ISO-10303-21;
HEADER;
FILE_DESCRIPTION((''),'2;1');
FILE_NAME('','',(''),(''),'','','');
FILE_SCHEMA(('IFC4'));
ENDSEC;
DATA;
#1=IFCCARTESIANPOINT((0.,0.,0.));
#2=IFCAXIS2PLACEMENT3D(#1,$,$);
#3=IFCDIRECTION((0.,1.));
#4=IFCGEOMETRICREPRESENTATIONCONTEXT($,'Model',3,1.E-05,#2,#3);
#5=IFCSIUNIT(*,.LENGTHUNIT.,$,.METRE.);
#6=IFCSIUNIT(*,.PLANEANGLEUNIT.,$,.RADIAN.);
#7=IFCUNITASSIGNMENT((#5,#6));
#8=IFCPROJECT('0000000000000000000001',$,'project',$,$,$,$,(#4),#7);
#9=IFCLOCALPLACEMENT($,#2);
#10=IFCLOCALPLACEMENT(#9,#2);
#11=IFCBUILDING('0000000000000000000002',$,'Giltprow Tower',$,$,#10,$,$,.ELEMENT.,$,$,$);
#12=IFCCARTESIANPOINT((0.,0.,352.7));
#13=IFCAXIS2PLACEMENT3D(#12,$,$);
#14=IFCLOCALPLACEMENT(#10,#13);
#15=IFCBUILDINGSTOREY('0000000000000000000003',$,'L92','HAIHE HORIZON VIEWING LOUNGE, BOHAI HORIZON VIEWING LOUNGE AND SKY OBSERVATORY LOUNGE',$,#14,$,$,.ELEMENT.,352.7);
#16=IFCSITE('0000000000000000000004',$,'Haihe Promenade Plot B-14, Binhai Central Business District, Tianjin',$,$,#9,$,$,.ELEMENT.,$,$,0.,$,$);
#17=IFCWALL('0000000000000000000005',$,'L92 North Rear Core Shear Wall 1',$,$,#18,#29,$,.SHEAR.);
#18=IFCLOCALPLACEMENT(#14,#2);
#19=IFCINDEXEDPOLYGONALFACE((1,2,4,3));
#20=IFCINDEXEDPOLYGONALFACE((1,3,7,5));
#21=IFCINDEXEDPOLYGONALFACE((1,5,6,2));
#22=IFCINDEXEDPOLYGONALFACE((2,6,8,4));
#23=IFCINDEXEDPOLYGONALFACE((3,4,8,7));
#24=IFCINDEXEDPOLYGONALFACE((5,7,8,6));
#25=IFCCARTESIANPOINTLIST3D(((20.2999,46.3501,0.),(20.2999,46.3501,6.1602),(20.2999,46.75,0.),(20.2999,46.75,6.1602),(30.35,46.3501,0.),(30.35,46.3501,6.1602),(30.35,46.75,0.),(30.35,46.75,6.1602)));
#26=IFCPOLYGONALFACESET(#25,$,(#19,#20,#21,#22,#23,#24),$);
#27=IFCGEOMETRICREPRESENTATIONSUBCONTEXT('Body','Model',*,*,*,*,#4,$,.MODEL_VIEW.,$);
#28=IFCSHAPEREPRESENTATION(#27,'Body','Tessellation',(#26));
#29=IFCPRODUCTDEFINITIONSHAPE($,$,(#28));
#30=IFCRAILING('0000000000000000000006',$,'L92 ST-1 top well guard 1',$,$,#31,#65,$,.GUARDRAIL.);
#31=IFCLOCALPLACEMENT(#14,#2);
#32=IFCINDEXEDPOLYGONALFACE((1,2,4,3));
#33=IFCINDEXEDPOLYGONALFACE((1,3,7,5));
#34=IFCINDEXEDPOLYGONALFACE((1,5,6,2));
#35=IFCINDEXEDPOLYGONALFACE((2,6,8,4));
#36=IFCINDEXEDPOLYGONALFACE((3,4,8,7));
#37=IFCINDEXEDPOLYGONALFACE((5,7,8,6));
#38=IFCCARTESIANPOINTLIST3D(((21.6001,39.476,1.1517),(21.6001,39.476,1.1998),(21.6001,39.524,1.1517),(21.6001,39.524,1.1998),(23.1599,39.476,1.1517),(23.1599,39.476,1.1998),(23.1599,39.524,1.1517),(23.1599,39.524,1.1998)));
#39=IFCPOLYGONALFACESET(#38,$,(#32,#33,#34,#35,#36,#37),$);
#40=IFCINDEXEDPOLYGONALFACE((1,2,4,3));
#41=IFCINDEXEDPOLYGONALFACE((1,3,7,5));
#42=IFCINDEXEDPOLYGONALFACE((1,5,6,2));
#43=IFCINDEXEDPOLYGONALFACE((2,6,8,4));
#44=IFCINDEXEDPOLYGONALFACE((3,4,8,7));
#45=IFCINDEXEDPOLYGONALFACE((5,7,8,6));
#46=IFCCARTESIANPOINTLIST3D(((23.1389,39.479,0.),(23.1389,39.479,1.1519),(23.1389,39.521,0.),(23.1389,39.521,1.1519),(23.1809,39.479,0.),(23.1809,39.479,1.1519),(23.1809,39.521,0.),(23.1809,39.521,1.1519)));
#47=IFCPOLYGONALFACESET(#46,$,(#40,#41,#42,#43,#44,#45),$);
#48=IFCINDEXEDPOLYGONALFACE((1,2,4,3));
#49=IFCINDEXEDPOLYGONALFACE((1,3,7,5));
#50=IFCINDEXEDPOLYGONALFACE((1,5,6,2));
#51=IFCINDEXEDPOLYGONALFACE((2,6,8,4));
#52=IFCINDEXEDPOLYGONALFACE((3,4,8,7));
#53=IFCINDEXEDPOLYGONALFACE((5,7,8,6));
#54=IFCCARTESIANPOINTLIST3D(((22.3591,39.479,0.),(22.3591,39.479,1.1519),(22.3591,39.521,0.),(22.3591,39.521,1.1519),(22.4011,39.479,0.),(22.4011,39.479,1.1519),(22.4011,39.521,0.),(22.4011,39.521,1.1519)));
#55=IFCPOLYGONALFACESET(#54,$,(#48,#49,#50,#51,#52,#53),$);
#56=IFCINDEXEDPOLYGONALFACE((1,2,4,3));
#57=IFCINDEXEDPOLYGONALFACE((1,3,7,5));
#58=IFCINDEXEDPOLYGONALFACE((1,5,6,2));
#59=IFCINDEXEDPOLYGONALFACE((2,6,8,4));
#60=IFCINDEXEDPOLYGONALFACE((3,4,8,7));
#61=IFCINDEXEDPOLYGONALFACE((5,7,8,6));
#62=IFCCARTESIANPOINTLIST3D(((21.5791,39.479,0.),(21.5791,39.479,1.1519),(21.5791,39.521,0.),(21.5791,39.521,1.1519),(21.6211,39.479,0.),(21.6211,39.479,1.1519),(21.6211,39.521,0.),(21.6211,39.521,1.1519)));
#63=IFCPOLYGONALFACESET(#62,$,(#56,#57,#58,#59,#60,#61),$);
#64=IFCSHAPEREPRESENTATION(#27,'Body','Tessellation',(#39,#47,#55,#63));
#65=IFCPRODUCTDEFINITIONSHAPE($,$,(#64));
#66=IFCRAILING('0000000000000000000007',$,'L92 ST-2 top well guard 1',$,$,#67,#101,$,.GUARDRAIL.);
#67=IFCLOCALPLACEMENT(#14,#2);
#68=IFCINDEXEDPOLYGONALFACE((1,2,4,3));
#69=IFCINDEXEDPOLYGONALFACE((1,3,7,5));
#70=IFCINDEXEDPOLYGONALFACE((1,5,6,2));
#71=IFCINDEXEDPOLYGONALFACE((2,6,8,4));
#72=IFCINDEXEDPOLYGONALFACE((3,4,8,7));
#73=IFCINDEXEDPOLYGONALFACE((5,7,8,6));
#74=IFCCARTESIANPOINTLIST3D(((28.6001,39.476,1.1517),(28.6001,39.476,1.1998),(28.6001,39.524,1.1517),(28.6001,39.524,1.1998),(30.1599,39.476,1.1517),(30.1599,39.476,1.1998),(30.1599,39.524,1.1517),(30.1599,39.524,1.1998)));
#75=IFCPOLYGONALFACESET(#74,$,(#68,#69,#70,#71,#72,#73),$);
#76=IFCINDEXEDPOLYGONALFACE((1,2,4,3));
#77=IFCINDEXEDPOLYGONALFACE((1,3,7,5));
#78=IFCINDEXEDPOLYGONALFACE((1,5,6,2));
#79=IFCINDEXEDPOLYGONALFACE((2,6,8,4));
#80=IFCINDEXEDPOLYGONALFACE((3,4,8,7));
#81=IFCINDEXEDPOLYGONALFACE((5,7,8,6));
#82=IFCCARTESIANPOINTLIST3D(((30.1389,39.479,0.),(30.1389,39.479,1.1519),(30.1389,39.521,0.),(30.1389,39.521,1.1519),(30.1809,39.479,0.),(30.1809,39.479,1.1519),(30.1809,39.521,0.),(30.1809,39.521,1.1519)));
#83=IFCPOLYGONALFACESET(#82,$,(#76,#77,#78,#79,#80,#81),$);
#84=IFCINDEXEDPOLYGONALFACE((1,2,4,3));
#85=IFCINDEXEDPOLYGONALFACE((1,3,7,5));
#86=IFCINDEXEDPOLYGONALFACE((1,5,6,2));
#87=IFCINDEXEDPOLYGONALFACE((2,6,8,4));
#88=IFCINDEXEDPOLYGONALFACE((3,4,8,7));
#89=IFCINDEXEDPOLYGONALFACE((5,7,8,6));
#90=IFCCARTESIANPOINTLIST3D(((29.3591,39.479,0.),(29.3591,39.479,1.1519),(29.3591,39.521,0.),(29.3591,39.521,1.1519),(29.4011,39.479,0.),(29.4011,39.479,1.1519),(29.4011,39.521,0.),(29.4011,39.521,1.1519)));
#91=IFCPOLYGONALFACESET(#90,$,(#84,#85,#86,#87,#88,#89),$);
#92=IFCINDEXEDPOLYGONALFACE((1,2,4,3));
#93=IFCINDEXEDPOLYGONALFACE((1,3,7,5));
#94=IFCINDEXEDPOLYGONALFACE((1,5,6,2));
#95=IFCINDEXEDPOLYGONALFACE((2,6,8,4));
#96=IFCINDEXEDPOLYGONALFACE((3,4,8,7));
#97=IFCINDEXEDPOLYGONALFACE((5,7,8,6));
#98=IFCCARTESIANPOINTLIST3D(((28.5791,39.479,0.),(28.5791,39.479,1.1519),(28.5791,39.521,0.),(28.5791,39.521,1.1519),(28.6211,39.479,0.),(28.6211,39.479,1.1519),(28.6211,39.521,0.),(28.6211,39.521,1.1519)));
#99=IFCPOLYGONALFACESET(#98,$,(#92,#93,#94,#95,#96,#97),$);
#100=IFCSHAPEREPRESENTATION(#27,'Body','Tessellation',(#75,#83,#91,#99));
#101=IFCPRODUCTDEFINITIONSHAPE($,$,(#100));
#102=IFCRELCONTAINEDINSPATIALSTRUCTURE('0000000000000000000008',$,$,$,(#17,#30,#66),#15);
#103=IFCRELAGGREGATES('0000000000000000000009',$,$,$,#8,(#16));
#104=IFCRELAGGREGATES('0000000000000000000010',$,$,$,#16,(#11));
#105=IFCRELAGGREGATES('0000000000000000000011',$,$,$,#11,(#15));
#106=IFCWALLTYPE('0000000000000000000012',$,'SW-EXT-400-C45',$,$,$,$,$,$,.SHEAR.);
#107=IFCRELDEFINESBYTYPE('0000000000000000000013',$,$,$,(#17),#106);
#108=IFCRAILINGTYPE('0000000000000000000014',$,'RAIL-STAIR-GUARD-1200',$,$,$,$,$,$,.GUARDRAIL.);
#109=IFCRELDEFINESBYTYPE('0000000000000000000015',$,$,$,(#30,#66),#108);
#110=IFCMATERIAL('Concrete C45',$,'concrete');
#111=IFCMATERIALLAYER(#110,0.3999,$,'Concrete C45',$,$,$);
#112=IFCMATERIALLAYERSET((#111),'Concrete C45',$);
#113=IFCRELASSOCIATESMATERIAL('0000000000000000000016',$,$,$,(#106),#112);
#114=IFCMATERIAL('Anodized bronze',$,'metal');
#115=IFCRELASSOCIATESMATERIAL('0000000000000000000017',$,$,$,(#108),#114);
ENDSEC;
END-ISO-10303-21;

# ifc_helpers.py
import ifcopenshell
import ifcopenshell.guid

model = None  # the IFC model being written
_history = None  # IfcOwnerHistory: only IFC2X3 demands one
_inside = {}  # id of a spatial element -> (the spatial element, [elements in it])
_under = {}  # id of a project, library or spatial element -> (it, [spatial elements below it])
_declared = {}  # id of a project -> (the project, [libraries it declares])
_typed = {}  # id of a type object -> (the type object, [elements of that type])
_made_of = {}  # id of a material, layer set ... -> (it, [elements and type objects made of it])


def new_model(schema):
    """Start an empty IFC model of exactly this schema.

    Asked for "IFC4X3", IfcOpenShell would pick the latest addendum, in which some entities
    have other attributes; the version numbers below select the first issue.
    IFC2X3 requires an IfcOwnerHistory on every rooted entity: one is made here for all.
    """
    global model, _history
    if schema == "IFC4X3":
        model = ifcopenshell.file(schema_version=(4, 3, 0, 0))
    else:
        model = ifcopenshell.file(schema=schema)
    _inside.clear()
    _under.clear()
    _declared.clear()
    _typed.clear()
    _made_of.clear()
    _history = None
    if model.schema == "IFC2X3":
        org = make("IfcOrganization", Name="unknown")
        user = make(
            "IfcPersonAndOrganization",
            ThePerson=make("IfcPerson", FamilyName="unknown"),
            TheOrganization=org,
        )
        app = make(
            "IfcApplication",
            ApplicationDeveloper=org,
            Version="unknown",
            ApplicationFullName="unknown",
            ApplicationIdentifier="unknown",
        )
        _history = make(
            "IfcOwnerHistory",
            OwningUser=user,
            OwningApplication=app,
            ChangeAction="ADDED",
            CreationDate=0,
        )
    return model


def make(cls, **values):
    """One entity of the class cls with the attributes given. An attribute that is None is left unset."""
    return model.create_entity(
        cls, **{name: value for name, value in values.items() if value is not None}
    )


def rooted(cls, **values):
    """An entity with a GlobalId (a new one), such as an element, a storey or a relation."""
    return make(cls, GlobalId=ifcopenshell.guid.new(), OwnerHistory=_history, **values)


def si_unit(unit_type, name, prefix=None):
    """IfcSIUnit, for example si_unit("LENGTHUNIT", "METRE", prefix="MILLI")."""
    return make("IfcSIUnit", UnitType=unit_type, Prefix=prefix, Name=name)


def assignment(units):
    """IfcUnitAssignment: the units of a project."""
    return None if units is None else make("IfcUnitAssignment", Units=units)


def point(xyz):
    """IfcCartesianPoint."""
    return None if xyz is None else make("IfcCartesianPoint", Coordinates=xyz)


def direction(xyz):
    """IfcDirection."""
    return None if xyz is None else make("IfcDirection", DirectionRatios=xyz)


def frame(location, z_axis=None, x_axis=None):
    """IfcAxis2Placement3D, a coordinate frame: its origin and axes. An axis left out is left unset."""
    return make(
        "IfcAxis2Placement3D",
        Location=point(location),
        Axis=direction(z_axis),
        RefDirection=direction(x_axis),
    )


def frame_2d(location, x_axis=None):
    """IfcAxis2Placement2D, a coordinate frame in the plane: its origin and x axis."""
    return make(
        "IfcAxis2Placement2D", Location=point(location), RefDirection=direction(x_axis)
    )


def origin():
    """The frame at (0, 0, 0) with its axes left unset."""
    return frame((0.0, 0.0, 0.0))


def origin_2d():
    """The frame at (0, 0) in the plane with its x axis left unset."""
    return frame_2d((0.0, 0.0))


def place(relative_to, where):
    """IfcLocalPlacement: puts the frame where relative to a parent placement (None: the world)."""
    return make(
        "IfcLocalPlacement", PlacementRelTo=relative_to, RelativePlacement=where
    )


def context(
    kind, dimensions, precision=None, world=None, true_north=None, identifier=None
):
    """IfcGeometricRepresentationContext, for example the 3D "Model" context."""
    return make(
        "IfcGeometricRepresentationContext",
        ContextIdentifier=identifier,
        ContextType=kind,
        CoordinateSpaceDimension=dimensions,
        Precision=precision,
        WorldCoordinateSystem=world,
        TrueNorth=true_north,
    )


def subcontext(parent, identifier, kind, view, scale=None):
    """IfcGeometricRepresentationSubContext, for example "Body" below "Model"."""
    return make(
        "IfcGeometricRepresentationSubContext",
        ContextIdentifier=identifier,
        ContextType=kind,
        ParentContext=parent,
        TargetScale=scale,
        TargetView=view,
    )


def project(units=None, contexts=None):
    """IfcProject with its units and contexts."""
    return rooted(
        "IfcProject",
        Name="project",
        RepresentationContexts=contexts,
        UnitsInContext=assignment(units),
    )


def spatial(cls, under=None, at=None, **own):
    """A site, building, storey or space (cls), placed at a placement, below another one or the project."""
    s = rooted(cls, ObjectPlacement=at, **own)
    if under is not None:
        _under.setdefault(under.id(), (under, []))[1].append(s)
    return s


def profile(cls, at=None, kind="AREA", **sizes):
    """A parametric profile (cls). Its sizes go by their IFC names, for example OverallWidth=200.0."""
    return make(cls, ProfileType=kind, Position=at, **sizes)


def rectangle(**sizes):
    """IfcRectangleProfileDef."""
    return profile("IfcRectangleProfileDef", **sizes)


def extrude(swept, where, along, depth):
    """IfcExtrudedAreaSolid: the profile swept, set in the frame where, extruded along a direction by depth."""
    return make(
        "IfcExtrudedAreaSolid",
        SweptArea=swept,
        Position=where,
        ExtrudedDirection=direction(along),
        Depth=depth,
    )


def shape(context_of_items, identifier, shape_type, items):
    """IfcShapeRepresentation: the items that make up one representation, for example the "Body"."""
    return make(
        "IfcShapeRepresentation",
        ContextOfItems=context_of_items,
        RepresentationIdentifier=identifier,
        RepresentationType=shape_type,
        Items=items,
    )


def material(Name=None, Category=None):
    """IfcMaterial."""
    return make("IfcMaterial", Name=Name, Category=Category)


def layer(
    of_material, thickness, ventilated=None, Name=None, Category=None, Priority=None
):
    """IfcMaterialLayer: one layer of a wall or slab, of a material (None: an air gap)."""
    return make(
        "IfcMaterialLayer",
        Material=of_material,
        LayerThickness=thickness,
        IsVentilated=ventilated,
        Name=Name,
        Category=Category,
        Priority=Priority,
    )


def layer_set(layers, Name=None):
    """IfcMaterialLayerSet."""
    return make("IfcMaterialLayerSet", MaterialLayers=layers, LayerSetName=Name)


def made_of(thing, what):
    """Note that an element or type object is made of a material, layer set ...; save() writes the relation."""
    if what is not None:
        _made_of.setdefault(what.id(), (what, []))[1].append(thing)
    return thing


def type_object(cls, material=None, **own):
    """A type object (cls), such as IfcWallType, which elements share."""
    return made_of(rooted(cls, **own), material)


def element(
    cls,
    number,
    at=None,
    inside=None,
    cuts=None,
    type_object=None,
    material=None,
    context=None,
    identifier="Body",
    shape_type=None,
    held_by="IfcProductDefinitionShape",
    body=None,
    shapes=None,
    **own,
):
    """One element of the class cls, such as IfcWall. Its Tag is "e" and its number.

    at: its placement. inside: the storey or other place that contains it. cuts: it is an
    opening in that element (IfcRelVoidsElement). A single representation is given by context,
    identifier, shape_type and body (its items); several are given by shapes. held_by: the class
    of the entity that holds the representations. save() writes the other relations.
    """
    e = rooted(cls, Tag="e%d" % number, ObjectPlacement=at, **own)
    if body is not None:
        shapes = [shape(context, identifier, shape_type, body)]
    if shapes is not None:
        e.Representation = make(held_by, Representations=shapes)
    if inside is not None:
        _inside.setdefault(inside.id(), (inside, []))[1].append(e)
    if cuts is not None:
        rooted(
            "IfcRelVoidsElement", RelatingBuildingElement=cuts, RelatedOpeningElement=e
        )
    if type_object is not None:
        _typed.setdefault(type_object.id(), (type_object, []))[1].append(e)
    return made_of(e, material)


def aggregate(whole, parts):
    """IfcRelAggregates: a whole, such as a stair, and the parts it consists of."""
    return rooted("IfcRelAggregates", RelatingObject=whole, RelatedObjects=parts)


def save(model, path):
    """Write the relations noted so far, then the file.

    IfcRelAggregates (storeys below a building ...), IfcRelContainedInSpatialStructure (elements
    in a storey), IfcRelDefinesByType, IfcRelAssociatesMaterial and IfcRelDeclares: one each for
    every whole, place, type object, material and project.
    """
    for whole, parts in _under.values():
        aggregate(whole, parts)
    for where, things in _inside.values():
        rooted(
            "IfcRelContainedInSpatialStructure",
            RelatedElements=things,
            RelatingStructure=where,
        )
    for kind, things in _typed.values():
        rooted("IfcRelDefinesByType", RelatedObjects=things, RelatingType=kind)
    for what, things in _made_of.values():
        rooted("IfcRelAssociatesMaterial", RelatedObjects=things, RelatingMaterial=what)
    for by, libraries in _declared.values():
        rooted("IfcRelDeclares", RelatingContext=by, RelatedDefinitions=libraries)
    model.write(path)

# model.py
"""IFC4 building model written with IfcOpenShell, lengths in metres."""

from ifc_helpers import new_model, si_unit, direction, frame, frame_2d, origin, origin_2d, place, context, subcontext, project, spatial, rectangle, extrude, material, layer, layer_set, type_object, element, save


model = new_model("IFC4")

# Units and contexts
model_context = context("Model", 3, precision=1e-05, world=origin(), true_north=direction((0.0, 1.0)))
body_context = subcontext(model_context, "Body", "Model", "MODEL_VIEW")
ifc_project = project(units=[si_unit("LENGTHUNIT", "METRE"), si_unit("PLANEANGLEUNIT", "RADIAN")], contexts=[model_context])

# Site, building, storey
site_placement = place(None, origin())
site = spatial("IfcSite", under=ifc_project, at=site_placement, Name="Haihe Promenade Plot B-14, Binhai Central Business District, Tianjin", CompositionType="ELEMENT", RefElevation=0.0)
building_placement = place(site_placement, origin())
building = spatial("IfcBuilding", under=site, at=building_placement, Name="Giltprow Tower", CompositionType="ELEMENT")
storey_placement = place(building_placement, frame((0.0, 0.0, 352.7)))
storey = spatial("IfcBuildingStorey", under=building, at=storey_placement, Name="L92", Description="HAIHE HORIZON VIEWING LOUNGE, BOHAI HORIZON VIEWING LOUNGE AND SKY OBSERVATORY LOUNGE", CompositionType="ELEMENT", Elevation=352.7)

# Shared definitions
ifc_material_1 = material(Name="Concrete C45", Category="concrete")

# Shared definitions
ifc_material_2 = material(Name="Anodized bronze", Category="metal")

# Wall
ifc_layer_1 = layer(ifc_material_1, 0.3999, Name="Concrete C45")
ifc_layer_set_1 = layer_set([ifc_layer_1], Name="Concrete C45")
wall_type_1 = type_object("IfcWallType", Name="SW-EXT-400-C45", PredefinedType="SHEAR", material=ifc_layer_set_1)
wall_1_placement = place(storey_placement, frame((20.3, 46.55, 0.0), z_axis=(0.0, 0.0, 1.0), x_axis=(1.0, 0.0, 0.0)))
element("IfcWall", 1, at=wall_1_placement, inside=storey, type_object=wall_type_1, Name="L92 North Rear Core Shear Wall 1", PredefinedType="SHEAR", context=body_context, shape_type="SweptSolid", body=[
    extrude(rectangle(XDim=10.05, YDim=0.3999, at=frame_2d((5.0249, 0.0))), origin(), (0.0, 0.0, 1.0), 6.1602),
])

# Railings
railing_type = type_object("IfcRailingType", Name="RAIL-STAIR-GUARD-1200", PredefinedType="GUARDRAIL", material=ifc_material_2)
for number, where, name in (
    (2, (23.1599, 39.5, 0.0), "L92 ST-1 top well guard 1"),
    (3, (30.1599, 39.5, 0.0), "L92 ST-2 top well guard 1"),
):
    element("IfcRailing", number, at=place(storey_placement, frame(where)), inside=storey, type_object=railing_type, Name=name, PredefinedType="GUARDRAIL", context=body_context, shape_type="SweptSolid", body=[
        extrude(rectangle(XDim=0.0481, YDim=0.0481, at=origin_2d()), frame((0.0, 0.0, 1.1758), z_axis=(-1.0, 0.0, 0.0), x_axis=(0.0, -1.0, 0.0)), (0.0, 0.0, 1.0), 1.5598),
        extrude(rectangle(XDim=0.042, YDim=0.042, at=origin_2d()), origin(), (0.0, 0.0, 1.0), 1.1519),
        extrude(rectangle(XDim=0.042, YDim=0.042, at=origin_2d()), frame((-0.7798, 0.0, 0.0)), (0.0, 0.0, 1.0), 1.1519),
        extrude(rectangle(XDim=0.042, YDim=0.042, at=origin_2d()), frame((-1.5598, 0.0, 0.0)), (0.0, 0.0, 1.0), 1.1519),
    ])

save(model, "model.ifc")
